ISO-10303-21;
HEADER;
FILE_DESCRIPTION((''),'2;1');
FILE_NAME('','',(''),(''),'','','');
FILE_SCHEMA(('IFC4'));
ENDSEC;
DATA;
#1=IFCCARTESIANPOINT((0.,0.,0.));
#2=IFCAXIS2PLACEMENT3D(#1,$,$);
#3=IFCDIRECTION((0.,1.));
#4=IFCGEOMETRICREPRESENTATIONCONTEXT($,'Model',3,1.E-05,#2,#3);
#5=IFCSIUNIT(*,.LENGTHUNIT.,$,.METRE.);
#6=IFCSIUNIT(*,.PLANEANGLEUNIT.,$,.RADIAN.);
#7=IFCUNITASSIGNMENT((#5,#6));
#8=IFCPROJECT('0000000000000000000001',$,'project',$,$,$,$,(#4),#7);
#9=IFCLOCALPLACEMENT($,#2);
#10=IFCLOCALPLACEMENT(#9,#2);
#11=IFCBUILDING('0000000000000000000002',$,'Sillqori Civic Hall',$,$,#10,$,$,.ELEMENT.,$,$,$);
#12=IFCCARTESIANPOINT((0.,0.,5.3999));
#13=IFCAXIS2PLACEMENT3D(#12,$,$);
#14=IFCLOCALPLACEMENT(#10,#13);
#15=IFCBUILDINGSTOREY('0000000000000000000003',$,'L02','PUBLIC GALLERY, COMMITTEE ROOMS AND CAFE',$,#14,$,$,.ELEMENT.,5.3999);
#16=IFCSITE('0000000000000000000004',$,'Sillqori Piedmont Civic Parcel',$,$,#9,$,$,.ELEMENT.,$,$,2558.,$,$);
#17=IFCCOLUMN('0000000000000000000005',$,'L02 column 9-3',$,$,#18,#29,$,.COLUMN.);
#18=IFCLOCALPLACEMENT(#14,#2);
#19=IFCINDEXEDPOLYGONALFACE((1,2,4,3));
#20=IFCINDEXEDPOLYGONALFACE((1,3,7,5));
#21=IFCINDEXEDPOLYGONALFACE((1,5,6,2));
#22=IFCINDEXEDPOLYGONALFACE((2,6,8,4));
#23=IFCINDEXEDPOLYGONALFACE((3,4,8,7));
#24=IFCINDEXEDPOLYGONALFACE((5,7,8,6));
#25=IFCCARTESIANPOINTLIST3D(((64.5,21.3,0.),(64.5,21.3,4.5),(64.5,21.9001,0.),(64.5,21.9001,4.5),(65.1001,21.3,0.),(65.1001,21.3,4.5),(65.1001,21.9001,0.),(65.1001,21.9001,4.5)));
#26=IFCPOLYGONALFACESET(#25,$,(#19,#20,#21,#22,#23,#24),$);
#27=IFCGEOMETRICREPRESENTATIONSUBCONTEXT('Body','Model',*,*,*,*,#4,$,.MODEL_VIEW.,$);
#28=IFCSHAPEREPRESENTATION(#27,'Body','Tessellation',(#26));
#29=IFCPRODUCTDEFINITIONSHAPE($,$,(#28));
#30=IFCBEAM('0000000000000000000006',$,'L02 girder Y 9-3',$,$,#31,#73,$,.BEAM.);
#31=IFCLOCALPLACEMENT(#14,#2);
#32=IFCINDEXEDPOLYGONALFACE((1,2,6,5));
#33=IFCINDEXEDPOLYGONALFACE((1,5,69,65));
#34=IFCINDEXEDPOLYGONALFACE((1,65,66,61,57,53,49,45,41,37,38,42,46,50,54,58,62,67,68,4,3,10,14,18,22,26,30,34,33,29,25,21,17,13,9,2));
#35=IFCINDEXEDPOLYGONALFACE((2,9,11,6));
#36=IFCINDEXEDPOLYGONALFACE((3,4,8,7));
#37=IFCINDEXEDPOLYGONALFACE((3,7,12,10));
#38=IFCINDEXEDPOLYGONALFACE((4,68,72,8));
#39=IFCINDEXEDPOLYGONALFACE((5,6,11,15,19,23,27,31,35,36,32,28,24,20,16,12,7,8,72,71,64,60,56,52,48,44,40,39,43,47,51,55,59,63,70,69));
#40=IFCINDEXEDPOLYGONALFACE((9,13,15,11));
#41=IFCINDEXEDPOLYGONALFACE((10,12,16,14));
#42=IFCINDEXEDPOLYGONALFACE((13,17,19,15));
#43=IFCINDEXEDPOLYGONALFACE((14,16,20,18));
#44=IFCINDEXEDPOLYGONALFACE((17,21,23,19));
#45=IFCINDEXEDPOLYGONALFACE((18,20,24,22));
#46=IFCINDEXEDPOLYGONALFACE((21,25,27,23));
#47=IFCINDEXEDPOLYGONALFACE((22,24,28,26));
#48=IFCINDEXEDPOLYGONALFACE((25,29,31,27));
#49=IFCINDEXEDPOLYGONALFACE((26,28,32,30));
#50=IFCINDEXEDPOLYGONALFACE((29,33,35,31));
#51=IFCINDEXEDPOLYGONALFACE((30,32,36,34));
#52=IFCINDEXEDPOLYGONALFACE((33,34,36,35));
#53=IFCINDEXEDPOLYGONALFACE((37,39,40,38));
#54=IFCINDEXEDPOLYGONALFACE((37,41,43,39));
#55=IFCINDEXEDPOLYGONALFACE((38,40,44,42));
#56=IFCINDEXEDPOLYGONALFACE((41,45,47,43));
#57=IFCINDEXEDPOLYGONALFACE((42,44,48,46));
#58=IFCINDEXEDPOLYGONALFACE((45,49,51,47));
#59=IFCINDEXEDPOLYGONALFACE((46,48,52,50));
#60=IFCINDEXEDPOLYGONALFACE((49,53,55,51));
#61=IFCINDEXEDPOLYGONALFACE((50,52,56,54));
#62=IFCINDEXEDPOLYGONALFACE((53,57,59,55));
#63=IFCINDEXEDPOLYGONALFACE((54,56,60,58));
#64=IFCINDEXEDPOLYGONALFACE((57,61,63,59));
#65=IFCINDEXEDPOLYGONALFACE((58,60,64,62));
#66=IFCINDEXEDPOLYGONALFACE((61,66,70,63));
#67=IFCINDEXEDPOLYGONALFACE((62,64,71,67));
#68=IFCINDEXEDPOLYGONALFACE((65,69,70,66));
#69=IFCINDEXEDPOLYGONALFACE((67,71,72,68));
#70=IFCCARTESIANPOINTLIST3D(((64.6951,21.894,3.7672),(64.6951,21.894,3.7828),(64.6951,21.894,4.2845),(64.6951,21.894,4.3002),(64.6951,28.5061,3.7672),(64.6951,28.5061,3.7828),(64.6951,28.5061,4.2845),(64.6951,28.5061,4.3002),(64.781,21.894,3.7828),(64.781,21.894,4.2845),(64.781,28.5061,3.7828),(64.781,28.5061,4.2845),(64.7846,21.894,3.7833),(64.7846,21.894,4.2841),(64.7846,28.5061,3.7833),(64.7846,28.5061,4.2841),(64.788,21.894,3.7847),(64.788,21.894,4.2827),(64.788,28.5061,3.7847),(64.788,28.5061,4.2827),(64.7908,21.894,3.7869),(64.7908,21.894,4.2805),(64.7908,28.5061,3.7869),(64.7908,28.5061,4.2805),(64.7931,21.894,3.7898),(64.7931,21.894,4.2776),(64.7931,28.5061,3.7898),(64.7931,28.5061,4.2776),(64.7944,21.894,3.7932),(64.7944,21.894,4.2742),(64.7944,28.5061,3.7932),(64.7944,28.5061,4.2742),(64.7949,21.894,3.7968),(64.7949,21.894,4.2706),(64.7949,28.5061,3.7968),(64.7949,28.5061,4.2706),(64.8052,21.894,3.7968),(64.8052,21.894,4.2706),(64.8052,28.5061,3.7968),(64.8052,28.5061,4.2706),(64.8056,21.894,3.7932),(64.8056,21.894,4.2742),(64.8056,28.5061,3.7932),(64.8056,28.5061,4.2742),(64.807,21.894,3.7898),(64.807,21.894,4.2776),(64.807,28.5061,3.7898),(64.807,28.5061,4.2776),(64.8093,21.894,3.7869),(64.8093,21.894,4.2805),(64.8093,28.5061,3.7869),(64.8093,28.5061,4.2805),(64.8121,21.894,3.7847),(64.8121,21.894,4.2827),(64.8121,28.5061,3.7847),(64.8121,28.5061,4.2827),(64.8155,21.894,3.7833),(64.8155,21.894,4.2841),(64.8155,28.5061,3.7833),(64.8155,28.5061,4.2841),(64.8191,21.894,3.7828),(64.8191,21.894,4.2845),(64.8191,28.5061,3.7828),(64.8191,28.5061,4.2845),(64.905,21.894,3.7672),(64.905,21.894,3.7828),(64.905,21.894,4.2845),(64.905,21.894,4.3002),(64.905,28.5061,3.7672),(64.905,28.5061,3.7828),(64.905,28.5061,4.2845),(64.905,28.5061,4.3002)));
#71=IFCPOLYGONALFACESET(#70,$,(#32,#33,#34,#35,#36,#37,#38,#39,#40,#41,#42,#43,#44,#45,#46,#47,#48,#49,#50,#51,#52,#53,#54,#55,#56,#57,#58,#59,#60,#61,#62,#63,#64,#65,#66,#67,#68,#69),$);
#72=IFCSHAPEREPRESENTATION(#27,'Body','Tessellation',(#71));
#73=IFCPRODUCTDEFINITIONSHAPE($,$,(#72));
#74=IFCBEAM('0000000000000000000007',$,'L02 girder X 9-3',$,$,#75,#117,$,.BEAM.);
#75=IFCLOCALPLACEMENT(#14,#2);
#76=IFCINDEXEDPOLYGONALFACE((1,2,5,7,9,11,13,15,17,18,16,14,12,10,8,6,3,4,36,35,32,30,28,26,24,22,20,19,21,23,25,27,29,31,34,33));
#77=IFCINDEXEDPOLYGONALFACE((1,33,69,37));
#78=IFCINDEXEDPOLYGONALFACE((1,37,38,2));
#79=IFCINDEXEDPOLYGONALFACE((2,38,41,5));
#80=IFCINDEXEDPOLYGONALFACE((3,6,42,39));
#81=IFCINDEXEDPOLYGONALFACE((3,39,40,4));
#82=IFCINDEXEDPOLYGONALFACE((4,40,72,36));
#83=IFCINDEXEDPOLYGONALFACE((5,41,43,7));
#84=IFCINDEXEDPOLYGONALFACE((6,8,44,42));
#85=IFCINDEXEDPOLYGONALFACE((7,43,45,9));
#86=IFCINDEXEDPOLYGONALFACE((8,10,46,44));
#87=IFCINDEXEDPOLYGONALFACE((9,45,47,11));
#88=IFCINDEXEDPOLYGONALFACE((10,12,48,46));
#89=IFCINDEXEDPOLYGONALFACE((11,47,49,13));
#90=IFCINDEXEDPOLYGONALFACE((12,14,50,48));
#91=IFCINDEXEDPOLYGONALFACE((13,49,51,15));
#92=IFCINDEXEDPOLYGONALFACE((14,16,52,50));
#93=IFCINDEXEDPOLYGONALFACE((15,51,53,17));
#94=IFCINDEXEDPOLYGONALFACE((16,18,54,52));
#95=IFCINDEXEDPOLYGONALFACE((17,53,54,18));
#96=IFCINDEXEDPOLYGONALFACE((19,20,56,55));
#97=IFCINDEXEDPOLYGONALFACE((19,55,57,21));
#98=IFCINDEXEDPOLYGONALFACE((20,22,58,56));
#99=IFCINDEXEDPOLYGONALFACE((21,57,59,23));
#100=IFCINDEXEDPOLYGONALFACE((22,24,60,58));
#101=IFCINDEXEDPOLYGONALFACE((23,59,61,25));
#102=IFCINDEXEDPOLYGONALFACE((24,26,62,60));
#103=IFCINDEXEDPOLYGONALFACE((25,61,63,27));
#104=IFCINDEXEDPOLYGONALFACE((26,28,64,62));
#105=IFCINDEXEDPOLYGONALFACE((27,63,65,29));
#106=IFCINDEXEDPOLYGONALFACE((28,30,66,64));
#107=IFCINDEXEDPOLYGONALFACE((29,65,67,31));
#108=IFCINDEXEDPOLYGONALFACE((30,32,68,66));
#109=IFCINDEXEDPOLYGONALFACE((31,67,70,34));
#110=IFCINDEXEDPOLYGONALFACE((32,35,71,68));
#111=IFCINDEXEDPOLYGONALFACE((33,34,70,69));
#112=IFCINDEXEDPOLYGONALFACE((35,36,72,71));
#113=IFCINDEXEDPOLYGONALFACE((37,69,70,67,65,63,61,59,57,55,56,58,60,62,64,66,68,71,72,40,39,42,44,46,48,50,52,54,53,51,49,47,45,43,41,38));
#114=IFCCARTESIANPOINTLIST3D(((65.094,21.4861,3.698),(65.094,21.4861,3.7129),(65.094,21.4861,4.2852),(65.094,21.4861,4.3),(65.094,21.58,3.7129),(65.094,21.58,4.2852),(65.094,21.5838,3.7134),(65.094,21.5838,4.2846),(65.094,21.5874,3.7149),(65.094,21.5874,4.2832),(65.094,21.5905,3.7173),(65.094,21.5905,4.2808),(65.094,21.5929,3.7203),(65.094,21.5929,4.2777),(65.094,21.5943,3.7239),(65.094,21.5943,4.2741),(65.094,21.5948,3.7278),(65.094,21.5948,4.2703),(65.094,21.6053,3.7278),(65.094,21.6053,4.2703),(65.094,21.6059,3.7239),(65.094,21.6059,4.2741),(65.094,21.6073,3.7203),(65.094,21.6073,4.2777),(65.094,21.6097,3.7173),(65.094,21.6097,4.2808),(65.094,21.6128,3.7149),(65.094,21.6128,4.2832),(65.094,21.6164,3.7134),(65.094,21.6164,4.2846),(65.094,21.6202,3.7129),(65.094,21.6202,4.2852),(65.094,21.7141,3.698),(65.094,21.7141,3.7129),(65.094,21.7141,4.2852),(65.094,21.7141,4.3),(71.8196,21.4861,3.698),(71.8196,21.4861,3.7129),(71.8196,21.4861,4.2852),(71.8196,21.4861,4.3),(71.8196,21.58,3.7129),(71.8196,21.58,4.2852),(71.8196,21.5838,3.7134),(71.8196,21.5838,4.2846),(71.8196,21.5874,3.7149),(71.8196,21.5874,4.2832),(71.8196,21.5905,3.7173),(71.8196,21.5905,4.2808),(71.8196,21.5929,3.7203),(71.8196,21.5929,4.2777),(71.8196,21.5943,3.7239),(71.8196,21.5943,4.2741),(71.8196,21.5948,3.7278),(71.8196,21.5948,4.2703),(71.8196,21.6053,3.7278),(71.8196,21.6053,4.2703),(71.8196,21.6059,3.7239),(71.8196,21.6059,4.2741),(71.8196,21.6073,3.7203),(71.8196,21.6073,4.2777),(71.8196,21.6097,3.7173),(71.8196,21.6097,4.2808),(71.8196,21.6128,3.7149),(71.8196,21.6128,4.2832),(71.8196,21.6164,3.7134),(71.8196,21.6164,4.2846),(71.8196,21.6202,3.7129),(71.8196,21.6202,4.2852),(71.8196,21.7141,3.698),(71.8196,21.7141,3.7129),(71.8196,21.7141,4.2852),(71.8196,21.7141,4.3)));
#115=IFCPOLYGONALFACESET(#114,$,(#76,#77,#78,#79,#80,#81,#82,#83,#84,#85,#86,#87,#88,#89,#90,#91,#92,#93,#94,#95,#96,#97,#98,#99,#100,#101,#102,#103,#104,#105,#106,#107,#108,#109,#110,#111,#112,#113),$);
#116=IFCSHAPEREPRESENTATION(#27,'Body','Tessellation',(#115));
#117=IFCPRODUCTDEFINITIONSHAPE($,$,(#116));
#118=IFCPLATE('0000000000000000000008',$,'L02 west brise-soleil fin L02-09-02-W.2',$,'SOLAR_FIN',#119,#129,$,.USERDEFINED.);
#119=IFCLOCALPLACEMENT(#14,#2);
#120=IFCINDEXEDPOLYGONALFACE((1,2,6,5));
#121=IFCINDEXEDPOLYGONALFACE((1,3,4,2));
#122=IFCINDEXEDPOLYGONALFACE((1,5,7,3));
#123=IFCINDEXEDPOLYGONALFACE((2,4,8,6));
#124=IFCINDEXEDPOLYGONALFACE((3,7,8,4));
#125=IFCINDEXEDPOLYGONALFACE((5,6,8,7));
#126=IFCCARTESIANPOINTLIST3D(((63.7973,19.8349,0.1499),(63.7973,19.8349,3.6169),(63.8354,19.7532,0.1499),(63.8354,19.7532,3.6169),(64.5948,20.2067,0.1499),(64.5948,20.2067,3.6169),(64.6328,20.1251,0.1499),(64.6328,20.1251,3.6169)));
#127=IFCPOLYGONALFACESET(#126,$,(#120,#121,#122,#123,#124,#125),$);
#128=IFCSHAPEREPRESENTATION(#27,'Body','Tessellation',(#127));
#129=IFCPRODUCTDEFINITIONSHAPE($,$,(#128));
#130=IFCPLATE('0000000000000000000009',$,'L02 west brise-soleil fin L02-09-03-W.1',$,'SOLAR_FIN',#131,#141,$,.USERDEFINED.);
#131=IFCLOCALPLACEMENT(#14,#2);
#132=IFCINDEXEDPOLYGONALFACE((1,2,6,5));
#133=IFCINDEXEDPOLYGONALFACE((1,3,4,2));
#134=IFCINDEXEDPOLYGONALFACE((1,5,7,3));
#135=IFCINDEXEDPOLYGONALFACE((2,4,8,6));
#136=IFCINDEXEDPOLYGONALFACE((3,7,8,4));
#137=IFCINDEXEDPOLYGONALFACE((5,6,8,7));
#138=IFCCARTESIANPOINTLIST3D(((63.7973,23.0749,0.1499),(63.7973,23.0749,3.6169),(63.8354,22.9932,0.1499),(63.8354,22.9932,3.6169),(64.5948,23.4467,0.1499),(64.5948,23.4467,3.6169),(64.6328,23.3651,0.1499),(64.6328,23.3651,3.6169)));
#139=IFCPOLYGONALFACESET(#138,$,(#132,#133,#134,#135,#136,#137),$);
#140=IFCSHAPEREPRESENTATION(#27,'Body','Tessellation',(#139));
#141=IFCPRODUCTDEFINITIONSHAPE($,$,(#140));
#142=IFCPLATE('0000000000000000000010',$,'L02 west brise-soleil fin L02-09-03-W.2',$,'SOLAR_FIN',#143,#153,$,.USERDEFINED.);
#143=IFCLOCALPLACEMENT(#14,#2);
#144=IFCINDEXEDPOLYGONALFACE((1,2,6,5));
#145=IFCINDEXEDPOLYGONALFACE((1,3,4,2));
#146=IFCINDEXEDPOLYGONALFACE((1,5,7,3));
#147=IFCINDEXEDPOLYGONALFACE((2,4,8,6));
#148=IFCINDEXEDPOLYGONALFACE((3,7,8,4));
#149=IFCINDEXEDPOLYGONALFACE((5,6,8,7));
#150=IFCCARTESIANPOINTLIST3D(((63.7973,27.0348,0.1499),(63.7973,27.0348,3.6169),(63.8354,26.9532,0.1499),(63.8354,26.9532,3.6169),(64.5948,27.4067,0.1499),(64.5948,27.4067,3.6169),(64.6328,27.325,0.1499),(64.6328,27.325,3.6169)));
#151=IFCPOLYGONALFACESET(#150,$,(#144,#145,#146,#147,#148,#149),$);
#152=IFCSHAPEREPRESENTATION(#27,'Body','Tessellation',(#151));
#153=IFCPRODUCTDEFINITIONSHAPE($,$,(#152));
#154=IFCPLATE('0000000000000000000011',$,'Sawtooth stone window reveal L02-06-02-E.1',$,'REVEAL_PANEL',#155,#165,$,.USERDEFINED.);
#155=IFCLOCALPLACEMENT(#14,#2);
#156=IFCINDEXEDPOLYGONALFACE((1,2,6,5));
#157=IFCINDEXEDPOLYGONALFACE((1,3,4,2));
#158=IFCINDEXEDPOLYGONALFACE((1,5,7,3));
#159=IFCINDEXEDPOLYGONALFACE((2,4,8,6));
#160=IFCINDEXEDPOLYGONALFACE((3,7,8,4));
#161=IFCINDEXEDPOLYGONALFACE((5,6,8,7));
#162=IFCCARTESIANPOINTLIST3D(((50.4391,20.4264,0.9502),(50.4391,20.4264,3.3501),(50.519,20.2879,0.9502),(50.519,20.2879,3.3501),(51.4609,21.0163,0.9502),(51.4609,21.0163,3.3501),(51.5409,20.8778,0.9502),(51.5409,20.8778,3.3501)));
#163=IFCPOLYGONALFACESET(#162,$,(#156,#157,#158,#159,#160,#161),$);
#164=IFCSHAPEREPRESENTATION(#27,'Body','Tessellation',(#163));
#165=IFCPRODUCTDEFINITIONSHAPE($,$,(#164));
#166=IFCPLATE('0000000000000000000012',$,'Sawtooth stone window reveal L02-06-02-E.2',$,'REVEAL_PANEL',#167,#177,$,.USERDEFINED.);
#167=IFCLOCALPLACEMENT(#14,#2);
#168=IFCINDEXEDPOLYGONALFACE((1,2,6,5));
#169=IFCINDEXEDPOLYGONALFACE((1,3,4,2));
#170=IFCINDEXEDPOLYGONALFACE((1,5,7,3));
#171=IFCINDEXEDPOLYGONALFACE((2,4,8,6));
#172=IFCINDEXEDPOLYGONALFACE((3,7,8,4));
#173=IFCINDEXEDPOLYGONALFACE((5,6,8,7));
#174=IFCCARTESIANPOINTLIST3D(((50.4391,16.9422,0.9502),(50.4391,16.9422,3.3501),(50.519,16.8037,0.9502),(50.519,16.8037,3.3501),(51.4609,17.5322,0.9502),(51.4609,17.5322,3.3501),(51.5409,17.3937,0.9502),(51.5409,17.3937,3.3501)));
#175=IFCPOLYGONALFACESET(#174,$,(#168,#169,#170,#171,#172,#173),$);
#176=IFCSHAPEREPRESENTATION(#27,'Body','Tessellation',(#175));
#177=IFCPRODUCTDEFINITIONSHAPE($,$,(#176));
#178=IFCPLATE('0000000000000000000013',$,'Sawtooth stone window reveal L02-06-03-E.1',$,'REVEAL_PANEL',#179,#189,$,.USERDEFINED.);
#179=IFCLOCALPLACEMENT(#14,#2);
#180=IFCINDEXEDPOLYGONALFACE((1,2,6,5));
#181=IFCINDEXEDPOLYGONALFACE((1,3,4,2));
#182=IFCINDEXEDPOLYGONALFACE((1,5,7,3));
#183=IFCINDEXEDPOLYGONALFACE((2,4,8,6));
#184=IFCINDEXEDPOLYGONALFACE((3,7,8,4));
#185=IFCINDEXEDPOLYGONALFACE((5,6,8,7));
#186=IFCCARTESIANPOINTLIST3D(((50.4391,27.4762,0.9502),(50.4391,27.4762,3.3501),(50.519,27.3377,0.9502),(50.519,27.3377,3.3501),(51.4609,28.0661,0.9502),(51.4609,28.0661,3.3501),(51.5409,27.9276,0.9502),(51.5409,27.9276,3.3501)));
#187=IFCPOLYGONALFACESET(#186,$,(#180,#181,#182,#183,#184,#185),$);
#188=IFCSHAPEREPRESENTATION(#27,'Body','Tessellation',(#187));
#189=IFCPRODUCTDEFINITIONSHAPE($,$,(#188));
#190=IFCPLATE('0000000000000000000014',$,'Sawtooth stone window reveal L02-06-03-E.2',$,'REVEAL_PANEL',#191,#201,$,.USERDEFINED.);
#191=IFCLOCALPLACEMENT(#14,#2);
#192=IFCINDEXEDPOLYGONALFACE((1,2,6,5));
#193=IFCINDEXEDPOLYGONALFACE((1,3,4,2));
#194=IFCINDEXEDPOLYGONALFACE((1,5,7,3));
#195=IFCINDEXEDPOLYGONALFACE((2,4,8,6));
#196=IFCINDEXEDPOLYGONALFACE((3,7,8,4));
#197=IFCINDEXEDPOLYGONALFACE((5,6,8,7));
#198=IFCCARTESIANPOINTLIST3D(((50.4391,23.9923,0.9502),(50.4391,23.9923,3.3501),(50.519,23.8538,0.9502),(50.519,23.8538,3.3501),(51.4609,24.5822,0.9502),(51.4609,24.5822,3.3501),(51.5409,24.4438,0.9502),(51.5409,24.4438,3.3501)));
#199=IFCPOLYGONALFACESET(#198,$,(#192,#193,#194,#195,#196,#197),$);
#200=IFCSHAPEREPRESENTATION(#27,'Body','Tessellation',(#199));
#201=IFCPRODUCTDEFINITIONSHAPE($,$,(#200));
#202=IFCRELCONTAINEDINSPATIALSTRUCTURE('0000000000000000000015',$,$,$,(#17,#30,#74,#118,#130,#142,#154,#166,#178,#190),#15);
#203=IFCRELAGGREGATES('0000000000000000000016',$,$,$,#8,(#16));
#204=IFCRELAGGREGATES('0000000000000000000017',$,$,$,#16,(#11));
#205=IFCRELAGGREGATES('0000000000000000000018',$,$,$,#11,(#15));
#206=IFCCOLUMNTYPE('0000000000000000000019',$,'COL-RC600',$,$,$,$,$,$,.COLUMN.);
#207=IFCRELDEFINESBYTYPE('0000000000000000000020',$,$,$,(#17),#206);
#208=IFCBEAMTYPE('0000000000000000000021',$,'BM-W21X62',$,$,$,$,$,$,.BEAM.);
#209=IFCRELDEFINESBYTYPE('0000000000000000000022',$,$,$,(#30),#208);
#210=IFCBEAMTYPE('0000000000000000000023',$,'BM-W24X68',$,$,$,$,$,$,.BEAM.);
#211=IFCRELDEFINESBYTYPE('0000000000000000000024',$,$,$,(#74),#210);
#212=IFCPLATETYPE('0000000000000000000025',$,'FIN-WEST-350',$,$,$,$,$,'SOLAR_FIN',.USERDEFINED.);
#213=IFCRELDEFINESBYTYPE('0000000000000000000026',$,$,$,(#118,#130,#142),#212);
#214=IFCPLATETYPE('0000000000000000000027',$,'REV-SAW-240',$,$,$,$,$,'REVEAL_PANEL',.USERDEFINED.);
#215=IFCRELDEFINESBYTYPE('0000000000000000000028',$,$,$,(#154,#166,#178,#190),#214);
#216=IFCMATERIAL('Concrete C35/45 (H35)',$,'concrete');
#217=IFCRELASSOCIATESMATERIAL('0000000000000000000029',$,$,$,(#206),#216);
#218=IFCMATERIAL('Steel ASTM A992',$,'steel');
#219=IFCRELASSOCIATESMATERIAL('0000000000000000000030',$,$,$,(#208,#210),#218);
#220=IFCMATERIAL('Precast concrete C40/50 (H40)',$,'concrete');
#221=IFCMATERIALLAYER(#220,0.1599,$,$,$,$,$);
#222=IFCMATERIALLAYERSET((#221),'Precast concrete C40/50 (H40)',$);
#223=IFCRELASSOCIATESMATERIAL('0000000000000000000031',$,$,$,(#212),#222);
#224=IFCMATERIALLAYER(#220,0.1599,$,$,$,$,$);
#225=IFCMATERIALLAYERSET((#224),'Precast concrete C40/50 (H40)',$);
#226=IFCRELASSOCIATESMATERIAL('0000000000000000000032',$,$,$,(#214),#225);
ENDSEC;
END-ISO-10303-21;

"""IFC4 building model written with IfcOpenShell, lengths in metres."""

from ifc_helpers import new_model, si_unit, direction, frame, origin, origin_2d, place, context, subcontext, project, spatial, rectangle, i_section, extrude, material, layer, layer_set, material_profile, profile_set, type_object, element, save


model = new_model("IFC4")

# Units and contexts
model_context = context("Model", 3, precision=1e-05, world=origin(), true_north=direction((0.0, 1.0)))
body_context = subcontext(model_context, "Body", "Model", "MODEL_VIEW")
ifc_project = project(units=[si_unit("LENGTHUNIT", "METRE"), si_unit("PLANEANGLEUNIT", "RADIAN")], contexts=[model_context])

# Site, building, storey
site_placement = place(None, origin())
site = spatial("IfcSite", under=ifc_project, at=site_placement, Name="Sillqori Piedmont Civic Parcel", CompositionType="ELEMENT", RefElevation=2558.0)
building_placement = place(site_placement, origin())
building = spatial("IfcBuilding", under=site, at=building_placement, Name="Sillqori Civic Hall", CompositionType="ELEMENT")
storey_placement = place(building_placement, frame((0.0, 0.0, 5.3999)))
storey = spatial("IfcBuildingStorey", under=building, at=storey_placement, Name="L02", Description="PUBLIC GALLERY, COMMITTEE ROOMS AND CAFE", CompositionType="ELEMENT", Elevation=5.3999)

# Column
ifc_material_1 = material(Name="Concrete C35/45 (H35)", Category="concrete")
ifc_material_profile_1 = material_profile(ifc_material_1, rectangle(XDim=0.6001, YDim=0.6001, at=origin_2d()), Name="RC 600x600")
ifc_profile_set_1 = profile_set([ifc_material_profile_1], Name="Concrete C35/45 (H35)")
column_type = type_object("IfcColumnType", Name="COL-RC600", PredefinedType="COLUMN", material=ifc_profile_set_1)
column_placement = place(storey_placement, frame((64.8, 21.6001, 0.0), z_axis=(0.0, 0.0, 1.0), x_axis=(1.0, 0.0, 0.0)))
element("IfcColumn", 1, at=column_placement, inside=storey, type_object=column_type, Name="L02 column 9-3", PredefinedType="COLUMN", context=body_context, shape_type="SweptSolid", body=[
    extrude(rectangle(XDim=0.6001, YDim=0.6001, at=origin_2d()), origin(), (0.0, 0.0, 1.0), 4.5),
])

# Beams
ifc_material_2 = material(Name="Steel ASTM A992", Category="steel")
ifc_material_profile_2 = material_profile(ifc_material_2, i_section(OverallWidth=0.21, OverallDepth=0.533, WebThickness=0.0103, FlangeThickness=0.0156, FilletRadius=0.0139, at=origin_2d()), Name="W21X62")
ifc_profile_set_2 = profile_set([ifc_material_profile_2], Name="Steel ASTM A992")
beam_type_1 = type_object("IfcBeamType", Name="BM-W21X62", PredefinedType="BEAM", material=ifc_profile_set_2)
beam_1_placement = place(storey_placement, frame((64.8, 21.894, 4.0337), z_axis=(0.0, 1.0, 0.0), x_axis=(-1.0, 0.0, 0.0)))
element("IfcBeam", 2, at=beam_1_placement, inside=storey, type_object=beam_type_1, Name="L02 girder Y 9-3", PredefinedType="BEAM", context=body_context, shape_type="SweptSolid", body=[
    extrude(i_section(OverallWidth=0.21, OverallDepth=0.533, WebThickness=0.0103, FlangeThickness=0.0156, FilletRadius=0.0139, at=origin_2d()), origin(), (0.0, 0.0, 1.0), 6.6121),
])
ifc_material_profile_3 = material_profile(ifc_material_2, i_section(OverallWidth=0.228, OverallDepth=0.6021, WebThickness=0.0105, FlangeThickness=0.0149, FilletRadius=0.0149, at=origin_2d()), Name="W24X68")
ifc_profile_set_3 = profile_set([ifc_material_profile_3], Name="Steel ASTM A992")
beam_type_2 = type_object("IfcBeamType", Name="BM-W24X68", PredefinedType="BEAM", material=ifc_profile_set_3)
beam_2_placement = place(storey_placement, frame((65.094, 21.6001, 3.999), z_axis=(1.0, 0.0, 0.0), x_axis=(0.0, 1.0, 0.0)))
element("IfcBeam", 3, at=beam_2_placement, inside=storey, type_object=beam_type_2, Name="L02 girder X 9-3", PredefinedType="BEAM", context=body_context, shape_type="SweptSolid", body=[
    extrude(i_section(OverallWidth=0.228, OverallDepth=0.6021, WebThickness=0.0105, FlangeThickness=0.0149, FilletRadius=0.0149, at=origin_2d()), origin(), (0.0, 0.0, 1.0), 6.7256),
])

# Plates
ifc_material_3 = material(Name="Precast concrete C40/50 (H40)", Category="concrete")
ifc_layer_1 = layer(ifc_material_3, 0.1599)
ifc_layer_set_1 = layer_set([ifc_layer_1], Name="Precast concrete C40/50 (H40)")
plate_type_1 = type_object("IfcPlateType", Name="FIN-WEST-350", ElementType="SOLAR_FIN", PredefinedType="USERDEFINED", material=ifc_layer_set_1)
for number, where, z_axis, x_axis, name in (
    (4, (64.2151, 19.98, 0.1499), (0.0, 0.0, 1.0), (-0.422618, 0.906308, 0.0), "L02 west brise-soleil fin L02-09-02-W.2"),
    (5, (64.2151, 23.22, 0.1499), (0.0, 0.0, 1.0), (-0.422618, 0.906308, 0.0), "L02 west brise-soleil fin L02-09-03-W.1"),
    (6, (64.2151, 27.1799, 0.1499), (0.0, 0.0, 1.0), (-0.422618, 0.906308, 0.0), "L02 west brise-soleil fin L02-09-03-W.2"),
):
    element("IfcPlate", number, at=place(storey_placement, frame(where, z_axis=z_axis, x_axis=x_axis)), inside=storey, type_object=plate_type_1, Name=name, ObjectType="SOLAR_FIN", PredefinedType="USERDEFINED", context=body_context, shape_type="SweptSolid", body=[
        extrude(rectangle(XDim=0.0901, YDim=0.8799, at=origin_2d()), origin(), (0.0, 0.0, 1.0), 3.467),
    ])
ifc_layer_2 = layer(ifc_material_3, 0.1599)
ifc_layer_set_2 = layer_set([ifc_layer_2], Name="Precast concrete C40/50 (H40)")
plate_type_2 = type_object("IfcPlateType", Name="REV-SAW-240", ElementType="REVEAL_PANEL", PredefinedType="USERDEFINED", material=ifc_layer_set_2)
for number, where, z_axis, x_axis, name in (
    (7, (50.99, 20.6521, 0.9502), (0.0, 0.0, 1.0), (0.5, -0.866025, 0.0), "Sawtooth stone window reveal L02-06-02-E.1"),
    (8, (50.99, 17.168, 0.9502), (0.0, 0.0, 1.0), (0.5, -0.866025, 0.0), "Sawtooth stone window reveal L02-06-02-E.2"),
    (9, (50.99, 27.7019, 0.9502), (0.0, 0.0, 1.0), (0.5, -0.866025, 0.0), "Sawtooth stone window reveal L02-06-03-E.1"),
    (10, (50.99, 24.218, 0.9502), (0.0, 0.0, 1.0), (0.5, -0.866025, 0.0), "Sawtooth stone window reveal L02-06-03-E.2"),
):
    element("IfcPlate", number, at=place(storey_placement, frame(where, z_axis=z_axis, x_axis=x_axis)), inside=storey, type_object=plate_type_2, Name=name, ObjectType="REVEAL_PANEL", PredefinedType="USERDEFINED", context=body_context, shape_type="SweptSolid", body=[
        extrude(rectangle(XDim=0.1599, YDim=1.1799, at=origin_2d()), origin(), (0.0, 0.0, 1.0), 2.3999),
    ])

save(model, "model.ifc")
